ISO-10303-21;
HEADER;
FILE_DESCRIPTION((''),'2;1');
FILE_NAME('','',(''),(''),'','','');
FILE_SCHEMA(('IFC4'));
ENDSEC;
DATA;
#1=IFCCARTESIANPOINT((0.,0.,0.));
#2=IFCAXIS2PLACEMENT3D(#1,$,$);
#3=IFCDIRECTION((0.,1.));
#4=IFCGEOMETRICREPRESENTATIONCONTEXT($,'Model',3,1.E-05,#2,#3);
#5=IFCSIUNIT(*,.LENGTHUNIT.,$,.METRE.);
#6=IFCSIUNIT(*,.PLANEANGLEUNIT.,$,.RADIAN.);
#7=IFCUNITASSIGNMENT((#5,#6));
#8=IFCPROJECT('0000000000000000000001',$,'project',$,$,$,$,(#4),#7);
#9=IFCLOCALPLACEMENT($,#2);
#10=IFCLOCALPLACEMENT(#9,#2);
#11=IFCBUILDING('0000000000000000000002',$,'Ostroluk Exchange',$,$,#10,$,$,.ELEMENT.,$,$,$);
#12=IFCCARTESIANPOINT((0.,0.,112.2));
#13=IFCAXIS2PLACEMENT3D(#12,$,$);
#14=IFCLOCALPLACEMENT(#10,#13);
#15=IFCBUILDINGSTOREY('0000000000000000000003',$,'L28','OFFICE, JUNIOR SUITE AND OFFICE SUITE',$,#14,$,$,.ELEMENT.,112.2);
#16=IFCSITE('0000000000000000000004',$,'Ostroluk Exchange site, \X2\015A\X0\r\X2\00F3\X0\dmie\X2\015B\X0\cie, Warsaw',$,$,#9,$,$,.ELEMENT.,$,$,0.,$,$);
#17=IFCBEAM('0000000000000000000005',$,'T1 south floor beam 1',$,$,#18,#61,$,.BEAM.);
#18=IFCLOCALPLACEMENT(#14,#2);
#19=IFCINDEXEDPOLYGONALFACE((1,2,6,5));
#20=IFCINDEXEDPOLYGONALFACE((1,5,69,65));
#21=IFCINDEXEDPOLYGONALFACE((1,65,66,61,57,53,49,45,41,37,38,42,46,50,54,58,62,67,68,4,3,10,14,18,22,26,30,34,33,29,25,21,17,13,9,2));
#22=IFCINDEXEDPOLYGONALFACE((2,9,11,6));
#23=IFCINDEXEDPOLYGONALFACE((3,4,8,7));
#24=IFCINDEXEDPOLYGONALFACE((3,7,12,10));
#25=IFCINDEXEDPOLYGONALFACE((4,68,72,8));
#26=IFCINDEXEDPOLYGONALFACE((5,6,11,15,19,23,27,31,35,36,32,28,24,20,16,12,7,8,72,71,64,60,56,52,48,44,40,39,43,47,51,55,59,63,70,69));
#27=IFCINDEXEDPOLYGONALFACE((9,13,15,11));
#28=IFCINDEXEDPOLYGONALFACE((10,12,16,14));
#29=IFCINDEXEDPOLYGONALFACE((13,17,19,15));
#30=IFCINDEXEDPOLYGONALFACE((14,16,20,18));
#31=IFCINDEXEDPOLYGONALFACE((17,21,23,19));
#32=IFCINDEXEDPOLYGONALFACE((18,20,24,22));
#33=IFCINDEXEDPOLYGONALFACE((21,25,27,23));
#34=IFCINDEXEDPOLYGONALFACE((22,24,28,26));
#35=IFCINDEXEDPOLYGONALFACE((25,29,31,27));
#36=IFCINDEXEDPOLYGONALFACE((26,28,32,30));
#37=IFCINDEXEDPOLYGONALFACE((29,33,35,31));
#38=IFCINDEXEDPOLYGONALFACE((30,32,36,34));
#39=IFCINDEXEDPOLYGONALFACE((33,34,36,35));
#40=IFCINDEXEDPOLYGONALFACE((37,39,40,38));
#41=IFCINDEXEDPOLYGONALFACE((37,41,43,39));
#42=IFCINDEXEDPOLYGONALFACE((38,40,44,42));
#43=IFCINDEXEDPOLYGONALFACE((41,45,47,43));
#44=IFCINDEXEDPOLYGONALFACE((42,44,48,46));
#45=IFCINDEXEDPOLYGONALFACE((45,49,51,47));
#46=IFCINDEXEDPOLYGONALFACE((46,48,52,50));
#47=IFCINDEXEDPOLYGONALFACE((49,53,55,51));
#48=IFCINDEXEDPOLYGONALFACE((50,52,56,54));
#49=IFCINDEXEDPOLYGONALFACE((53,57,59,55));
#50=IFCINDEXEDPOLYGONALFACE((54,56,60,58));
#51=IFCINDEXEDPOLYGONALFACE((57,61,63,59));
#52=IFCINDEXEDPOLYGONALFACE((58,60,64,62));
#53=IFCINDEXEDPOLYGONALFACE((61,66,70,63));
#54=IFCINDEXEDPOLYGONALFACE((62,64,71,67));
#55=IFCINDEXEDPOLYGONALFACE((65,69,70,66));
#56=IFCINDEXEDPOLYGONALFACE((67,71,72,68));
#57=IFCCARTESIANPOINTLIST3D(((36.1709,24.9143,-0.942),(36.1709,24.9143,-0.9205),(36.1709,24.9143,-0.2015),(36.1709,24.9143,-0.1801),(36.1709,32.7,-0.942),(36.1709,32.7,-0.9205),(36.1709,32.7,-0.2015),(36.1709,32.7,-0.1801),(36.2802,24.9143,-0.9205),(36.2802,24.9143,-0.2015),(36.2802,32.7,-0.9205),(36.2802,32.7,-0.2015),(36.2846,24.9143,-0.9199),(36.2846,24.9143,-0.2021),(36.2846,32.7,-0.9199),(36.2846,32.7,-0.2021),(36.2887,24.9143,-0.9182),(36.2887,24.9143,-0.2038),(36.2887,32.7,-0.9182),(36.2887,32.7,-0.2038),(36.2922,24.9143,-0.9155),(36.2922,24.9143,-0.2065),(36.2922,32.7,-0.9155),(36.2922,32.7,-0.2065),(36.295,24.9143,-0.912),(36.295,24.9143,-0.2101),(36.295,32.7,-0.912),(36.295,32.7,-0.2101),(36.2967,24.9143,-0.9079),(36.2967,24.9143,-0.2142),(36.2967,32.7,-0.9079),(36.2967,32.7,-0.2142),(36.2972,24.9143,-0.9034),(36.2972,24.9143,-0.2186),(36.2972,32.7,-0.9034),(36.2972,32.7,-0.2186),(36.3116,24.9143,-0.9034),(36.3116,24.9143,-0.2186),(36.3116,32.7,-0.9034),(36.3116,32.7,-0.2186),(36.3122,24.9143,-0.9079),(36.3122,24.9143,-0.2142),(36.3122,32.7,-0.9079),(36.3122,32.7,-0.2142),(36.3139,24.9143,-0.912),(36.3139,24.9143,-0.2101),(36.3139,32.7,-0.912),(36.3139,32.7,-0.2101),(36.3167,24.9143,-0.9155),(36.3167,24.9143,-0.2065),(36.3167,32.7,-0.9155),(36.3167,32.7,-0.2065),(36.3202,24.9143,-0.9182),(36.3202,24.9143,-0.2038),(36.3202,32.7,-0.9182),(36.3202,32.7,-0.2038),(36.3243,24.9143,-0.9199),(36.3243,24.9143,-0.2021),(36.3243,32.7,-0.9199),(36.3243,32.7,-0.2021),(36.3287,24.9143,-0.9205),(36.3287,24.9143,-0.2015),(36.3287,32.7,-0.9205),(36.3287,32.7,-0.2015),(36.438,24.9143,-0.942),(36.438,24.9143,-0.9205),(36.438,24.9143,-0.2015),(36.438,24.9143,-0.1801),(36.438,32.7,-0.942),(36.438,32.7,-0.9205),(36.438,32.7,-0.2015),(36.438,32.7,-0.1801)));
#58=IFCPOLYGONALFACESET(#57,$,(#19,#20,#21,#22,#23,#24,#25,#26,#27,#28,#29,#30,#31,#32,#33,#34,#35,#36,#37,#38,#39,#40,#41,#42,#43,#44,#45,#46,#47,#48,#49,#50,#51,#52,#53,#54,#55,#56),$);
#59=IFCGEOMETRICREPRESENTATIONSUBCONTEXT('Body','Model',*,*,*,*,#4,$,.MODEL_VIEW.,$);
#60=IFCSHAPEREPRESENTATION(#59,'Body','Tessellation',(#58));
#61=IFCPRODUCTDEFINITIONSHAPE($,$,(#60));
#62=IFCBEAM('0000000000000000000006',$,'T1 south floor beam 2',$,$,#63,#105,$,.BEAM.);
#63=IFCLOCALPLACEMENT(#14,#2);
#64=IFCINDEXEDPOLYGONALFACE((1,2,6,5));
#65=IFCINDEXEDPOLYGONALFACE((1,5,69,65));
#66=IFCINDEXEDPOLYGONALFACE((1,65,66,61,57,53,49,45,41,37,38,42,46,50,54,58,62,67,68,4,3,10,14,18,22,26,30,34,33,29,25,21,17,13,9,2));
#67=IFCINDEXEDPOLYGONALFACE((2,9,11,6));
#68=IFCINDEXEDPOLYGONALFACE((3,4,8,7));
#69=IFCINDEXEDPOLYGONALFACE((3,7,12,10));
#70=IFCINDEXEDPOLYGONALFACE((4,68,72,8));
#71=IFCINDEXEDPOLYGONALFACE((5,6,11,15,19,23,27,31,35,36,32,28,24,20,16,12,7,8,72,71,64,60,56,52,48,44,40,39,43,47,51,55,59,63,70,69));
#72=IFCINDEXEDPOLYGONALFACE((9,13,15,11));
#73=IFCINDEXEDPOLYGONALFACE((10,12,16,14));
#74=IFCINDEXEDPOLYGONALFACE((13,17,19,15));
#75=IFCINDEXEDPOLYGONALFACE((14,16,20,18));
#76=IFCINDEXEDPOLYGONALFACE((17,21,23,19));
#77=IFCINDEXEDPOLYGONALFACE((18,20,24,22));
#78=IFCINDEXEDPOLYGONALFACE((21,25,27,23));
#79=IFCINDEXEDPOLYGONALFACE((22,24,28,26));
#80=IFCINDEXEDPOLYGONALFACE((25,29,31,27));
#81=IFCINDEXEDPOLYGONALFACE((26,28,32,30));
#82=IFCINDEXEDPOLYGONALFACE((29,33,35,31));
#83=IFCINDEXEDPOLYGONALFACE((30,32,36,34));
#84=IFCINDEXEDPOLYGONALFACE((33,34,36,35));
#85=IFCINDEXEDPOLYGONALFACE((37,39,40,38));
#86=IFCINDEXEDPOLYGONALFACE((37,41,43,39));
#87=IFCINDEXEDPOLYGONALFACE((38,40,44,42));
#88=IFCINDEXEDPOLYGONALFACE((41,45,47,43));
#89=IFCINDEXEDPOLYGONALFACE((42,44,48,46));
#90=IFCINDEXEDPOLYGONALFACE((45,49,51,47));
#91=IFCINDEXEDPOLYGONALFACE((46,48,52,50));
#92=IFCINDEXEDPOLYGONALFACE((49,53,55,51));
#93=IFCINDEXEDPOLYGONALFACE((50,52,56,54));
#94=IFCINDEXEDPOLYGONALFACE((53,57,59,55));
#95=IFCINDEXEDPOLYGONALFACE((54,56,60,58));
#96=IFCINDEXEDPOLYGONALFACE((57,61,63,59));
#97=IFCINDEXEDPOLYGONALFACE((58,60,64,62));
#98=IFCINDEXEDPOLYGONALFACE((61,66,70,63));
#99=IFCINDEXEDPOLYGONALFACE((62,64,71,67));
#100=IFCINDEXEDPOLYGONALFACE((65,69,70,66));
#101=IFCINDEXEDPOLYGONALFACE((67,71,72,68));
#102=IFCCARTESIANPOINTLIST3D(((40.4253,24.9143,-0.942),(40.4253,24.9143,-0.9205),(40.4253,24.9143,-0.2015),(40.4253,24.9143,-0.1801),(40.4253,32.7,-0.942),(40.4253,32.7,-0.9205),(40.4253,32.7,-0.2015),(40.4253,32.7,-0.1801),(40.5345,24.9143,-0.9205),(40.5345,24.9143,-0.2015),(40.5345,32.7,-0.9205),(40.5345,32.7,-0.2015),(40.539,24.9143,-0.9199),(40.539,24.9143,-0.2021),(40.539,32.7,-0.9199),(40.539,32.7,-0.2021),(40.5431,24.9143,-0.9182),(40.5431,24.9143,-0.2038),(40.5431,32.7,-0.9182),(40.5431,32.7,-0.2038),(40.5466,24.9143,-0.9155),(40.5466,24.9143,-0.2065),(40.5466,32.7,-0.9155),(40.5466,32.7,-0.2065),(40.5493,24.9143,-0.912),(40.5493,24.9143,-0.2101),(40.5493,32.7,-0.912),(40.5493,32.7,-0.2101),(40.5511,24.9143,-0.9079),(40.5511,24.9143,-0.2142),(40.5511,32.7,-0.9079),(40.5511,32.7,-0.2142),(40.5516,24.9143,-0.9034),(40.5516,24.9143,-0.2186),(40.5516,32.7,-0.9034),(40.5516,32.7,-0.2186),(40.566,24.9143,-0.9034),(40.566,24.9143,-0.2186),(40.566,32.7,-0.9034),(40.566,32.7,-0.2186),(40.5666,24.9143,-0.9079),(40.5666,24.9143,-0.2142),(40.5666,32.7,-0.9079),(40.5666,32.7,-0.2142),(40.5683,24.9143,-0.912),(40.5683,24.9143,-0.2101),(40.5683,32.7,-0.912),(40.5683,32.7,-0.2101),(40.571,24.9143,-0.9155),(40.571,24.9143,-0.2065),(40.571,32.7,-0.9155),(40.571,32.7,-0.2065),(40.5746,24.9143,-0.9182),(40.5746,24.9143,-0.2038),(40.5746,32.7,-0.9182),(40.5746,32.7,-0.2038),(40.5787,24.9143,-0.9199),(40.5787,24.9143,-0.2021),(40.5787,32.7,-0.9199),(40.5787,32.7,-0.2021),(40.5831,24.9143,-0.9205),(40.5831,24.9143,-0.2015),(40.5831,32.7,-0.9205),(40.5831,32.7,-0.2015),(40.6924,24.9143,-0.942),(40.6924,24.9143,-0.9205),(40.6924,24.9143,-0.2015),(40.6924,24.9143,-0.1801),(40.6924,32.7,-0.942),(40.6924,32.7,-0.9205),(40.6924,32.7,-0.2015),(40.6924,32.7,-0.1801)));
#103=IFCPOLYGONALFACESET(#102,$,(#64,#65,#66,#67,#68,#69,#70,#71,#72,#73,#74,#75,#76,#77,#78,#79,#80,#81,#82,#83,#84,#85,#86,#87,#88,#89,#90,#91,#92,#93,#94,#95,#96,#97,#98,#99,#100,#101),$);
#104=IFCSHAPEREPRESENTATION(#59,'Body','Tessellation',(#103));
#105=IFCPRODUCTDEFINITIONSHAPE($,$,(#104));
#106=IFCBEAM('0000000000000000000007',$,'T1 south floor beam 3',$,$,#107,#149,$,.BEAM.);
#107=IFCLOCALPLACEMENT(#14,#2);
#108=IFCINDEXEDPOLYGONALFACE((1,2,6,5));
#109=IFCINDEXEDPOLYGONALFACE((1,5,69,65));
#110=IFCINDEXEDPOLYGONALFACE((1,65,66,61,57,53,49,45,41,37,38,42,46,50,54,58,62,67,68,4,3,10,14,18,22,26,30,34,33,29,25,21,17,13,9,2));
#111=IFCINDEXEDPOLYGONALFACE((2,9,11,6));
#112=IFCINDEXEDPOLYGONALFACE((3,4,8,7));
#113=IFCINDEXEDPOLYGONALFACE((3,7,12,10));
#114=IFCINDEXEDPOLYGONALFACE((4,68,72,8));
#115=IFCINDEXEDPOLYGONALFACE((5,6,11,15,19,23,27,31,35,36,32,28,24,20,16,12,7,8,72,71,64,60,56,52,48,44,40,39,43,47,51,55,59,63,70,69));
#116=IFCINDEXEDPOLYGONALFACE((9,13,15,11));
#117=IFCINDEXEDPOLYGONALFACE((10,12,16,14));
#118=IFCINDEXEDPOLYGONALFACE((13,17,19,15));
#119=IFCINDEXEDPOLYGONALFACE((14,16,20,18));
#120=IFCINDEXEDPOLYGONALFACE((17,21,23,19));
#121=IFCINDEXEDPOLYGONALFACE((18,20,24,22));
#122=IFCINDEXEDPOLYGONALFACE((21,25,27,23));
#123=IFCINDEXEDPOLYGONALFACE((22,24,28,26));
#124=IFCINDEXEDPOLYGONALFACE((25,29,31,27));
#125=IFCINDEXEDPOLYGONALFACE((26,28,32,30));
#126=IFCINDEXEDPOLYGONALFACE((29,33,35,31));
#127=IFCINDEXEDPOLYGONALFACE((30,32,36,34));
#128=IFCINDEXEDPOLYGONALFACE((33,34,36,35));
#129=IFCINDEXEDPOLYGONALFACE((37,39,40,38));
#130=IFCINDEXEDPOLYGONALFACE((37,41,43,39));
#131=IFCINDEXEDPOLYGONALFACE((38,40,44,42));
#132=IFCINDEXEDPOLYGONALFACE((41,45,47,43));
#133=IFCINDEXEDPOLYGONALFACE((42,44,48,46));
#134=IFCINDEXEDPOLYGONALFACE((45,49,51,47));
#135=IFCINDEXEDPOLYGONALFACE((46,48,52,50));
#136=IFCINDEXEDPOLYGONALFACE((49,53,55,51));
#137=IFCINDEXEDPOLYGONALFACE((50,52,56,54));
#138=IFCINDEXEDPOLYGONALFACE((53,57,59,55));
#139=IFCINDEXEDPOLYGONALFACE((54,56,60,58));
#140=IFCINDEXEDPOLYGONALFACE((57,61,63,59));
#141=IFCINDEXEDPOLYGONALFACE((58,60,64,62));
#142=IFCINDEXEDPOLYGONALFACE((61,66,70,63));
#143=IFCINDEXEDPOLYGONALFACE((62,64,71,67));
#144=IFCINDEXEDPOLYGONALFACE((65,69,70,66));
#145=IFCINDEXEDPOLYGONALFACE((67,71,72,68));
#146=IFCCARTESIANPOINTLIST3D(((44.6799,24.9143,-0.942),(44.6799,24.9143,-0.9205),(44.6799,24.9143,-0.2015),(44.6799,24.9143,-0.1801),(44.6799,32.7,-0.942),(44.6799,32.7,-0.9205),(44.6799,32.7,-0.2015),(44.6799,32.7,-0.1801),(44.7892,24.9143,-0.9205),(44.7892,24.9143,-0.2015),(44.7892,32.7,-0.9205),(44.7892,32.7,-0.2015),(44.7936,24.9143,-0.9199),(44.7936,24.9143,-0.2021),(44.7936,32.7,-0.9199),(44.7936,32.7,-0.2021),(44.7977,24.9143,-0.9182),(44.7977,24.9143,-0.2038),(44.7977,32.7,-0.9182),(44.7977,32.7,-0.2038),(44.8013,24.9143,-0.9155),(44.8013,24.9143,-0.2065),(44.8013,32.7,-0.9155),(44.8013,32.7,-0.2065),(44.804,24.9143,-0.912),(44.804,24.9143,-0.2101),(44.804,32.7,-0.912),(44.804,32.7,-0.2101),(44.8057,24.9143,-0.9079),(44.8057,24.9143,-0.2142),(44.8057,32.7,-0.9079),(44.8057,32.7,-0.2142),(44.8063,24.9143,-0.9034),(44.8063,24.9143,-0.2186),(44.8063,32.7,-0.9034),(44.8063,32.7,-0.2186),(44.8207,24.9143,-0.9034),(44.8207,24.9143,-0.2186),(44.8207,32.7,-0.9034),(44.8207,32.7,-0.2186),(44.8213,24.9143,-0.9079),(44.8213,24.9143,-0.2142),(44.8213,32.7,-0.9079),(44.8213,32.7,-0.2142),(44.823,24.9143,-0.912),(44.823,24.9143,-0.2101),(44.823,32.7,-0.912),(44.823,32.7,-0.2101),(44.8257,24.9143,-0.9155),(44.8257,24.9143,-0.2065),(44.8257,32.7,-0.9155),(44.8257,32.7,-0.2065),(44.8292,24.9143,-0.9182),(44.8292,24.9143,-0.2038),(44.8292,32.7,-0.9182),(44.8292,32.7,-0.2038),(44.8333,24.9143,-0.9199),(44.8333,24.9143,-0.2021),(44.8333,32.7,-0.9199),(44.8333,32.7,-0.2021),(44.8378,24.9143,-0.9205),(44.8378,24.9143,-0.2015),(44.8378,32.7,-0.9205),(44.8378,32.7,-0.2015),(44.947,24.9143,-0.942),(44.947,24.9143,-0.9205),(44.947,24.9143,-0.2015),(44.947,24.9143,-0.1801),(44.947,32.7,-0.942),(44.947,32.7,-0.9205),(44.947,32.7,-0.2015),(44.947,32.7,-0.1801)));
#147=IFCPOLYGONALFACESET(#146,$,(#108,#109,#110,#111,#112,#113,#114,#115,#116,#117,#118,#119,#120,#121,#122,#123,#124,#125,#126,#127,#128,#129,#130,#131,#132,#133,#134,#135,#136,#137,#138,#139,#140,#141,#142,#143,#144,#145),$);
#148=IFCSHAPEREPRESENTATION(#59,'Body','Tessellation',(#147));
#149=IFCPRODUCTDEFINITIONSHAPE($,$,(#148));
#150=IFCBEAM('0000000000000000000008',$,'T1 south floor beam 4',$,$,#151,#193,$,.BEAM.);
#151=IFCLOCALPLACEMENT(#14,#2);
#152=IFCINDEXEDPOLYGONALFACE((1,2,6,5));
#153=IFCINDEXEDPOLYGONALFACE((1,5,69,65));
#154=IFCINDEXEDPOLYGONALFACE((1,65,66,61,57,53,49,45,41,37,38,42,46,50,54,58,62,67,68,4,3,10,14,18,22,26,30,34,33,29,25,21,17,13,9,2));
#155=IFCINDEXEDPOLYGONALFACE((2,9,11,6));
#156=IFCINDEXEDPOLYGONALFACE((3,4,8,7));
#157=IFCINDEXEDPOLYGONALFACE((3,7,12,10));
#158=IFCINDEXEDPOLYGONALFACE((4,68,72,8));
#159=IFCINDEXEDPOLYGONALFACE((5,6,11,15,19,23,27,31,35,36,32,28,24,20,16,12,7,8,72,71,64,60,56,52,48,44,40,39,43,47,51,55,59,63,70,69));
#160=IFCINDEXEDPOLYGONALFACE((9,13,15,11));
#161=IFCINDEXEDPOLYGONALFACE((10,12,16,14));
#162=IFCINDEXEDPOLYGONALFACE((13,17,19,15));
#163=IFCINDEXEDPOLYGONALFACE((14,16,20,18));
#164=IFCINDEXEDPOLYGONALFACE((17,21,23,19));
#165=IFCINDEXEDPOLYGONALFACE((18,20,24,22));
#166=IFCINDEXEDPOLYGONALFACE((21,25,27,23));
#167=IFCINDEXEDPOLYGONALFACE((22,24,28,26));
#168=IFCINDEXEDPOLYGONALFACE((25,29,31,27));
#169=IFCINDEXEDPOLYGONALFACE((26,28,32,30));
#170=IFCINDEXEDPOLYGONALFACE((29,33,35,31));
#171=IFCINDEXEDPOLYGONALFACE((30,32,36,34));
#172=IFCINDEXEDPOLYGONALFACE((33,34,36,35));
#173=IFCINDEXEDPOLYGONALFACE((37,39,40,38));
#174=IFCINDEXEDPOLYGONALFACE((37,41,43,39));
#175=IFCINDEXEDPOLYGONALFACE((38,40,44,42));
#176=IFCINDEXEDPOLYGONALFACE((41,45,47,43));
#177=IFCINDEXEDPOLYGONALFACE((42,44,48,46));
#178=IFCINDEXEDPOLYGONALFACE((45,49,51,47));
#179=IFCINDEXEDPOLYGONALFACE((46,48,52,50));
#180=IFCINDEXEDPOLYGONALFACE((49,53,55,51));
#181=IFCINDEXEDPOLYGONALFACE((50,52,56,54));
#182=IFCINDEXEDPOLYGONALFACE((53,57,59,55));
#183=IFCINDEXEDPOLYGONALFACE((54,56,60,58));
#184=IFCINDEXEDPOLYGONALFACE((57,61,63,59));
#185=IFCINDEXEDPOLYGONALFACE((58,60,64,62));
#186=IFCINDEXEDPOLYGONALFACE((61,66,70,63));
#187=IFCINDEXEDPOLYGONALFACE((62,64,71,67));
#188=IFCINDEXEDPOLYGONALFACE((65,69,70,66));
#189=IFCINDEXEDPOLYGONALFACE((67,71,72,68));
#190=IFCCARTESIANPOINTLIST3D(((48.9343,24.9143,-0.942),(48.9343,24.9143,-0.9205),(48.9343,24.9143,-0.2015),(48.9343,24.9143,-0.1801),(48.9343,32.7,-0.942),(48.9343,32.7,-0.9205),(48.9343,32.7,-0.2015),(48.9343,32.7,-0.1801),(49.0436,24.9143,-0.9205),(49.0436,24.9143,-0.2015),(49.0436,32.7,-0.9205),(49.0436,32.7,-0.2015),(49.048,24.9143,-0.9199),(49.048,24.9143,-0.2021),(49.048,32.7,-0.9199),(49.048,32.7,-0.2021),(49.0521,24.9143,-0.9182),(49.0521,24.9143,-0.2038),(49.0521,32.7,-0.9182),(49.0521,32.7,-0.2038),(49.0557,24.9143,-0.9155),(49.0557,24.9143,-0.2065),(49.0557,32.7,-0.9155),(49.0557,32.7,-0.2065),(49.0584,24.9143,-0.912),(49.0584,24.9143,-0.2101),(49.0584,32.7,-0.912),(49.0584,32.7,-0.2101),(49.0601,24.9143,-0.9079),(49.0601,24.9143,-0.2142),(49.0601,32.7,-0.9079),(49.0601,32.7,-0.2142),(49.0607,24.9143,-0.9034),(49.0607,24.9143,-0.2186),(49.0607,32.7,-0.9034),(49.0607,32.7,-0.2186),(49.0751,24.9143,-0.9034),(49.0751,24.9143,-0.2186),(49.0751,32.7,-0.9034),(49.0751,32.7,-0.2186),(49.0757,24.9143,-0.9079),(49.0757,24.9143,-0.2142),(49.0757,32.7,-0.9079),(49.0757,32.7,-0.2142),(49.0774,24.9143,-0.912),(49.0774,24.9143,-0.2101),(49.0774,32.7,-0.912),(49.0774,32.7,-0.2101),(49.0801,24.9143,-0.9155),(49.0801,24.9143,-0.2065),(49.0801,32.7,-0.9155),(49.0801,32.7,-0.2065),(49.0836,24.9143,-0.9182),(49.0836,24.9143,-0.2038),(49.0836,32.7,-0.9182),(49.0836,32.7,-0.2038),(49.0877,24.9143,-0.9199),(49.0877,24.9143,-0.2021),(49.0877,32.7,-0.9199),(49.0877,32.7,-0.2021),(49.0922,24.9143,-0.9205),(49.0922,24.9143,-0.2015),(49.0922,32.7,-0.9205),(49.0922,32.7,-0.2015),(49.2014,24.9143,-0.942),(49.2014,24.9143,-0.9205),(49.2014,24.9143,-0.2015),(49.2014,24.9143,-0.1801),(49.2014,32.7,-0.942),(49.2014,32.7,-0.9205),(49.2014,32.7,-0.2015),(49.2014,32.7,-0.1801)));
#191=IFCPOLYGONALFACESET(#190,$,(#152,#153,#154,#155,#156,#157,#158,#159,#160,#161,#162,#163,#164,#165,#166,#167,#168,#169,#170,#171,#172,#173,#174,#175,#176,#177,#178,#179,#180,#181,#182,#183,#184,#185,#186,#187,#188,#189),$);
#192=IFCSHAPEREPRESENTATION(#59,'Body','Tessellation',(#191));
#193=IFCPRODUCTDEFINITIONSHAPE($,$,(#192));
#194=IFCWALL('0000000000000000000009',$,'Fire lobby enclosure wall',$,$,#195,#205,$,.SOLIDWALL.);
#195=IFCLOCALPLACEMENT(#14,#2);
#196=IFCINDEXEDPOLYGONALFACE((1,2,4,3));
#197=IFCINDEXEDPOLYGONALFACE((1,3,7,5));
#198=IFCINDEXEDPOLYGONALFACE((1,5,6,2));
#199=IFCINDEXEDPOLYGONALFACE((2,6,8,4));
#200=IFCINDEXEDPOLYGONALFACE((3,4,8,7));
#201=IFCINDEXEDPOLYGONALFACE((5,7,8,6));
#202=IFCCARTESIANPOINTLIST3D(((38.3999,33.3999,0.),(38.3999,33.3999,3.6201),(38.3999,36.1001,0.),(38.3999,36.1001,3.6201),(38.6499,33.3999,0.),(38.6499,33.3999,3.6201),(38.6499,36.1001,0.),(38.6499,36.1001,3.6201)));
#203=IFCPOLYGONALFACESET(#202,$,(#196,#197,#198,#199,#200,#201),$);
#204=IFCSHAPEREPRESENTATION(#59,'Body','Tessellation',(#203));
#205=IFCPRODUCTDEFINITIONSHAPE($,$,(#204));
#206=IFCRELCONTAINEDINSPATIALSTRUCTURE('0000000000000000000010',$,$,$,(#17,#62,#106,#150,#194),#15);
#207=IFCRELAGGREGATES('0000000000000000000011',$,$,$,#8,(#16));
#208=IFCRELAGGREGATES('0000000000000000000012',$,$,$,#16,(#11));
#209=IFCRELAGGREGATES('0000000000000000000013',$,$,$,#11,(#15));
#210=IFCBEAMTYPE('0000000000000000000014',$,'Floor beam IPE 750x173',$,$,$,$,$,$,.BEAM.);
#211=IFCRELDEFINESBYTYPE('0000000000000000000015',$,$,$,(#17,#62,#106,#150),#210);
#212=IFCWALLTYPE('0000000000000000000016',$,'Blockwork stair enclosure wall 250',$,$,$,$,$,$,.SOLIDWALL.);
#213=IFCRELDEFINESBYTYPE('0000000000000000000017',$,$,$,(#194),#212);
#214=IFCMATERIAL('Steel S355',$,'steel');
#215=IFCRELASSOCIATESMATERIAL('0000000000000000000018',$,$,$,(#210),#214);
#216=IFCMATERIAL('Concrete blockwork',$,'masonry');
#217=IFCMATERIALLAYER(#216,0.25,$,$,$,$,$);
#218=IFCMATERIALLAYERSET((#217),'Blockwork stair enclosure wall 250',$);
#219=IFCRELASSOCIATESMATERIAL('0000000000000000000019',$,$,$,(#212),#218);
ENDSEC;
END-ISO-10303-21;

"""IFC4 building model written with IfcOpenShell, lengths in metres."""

from ifc_helpers import new_model, si_unit, direction, frame, frame_2d, origin, origin_2d, place, context, subcontext, project, spatial, rectangle, i_section, extrude, material, layer, layer_set, material_profile, profile_set, type_object, element, save


model = new_model("IFC4")

# Units and contexts
model_context = context("Model", 3, precision=1e-05, world=origin(), true_north=direction((0.0, 1.0)))
body_context = subcontext(model_context, "Body", "Model", "MODEL_VIEW")
ifc_project = project(units=[si_unit("LENGTHUNIT", "METRE"), si_unit("PLANEANGLEUNIT", "RADIAN")], contexts=[model_context])

# Site, building, storey
site_placement = place(None, origin())
site = spatial("IfcSite", under=ifc_project, at=site_placement, Name="Ostroluk Exchange site, Śródmieście, Warsaw", CompositionType="ELEMENT", RefElevation=0.0)
building_placement = place(site_placement, origin())
building = spatial("IfcBuilding", under=site, at=building_placement, Name="Ostroluk Exchange", CompositionType="ELEMENT")
storey_placement = place(building_placement, frame((0.0, 0.0, 112.2)))
storey = spatial("IfcBuildingStorey", under=building, at=storey_placement, Name="L28", Description="OFFICE, JUNIOR SUITE AND OFFICE SUITE", CompositionType="ELEMENT", Elevation=112.2)

# Beams
ifc_material_1 = material(Name="Steel S355", Category="steel")
ifc_material_profile = material_profile(ifc_material_1, i_section(OverallWidth=0.2671, OverallDepth=0.762, WebThickness=0.0144, FlangeThickness=0.0215, FilletRadius=0.0171, at=origin_2d()), Name="IPE 750x173")
ifc_profile_set = profile_set([ifc_material_profile], Name="Steel S355")
beam_type = type_object("IfcBeamType", Name="Floor beam IPE 750x173", PredefinedType="BEAM", material=ifc_profile_set)
for number, where, z_axis, x_axis, name in (
    (1, (36.3044, 32.7, -0.561), (0.0, -1.0, 0.0), (1.0, 0.0, 0.0), "T1 south floor beam 1"),
    (2, (40.5588, 32.7, -0.561), (0.0, -1.0, 0.0), (1.0, 0.0, 0.0), "T1 south floor beam 2"),
    (3, (44.8135, 32.7, -0.561), (0.0, -1.0, 0.0), (1.0, 0.0, 0.0), "T1 south floor beam 3"),
    (4, (49.0679, 32.7, -0.561), (0.0, -1.0, 0.0), (1.0, 0.0, 0.0), "T1 south floor beam 4"),
):
    element("IfcBeam", number, at=place(storey_placement, frame(where, z_axis=z_axis, x_axis=x_axis)), inside=storey, type_object=beam_type, Name=name, PredefinedType="BEAM", context=body_context, shape_type="SweptSolid", body=[
        extrude(i_section(OverallWidth=0.2671, OverallDepth=0.762, WebThickness=0.0144, FlangeThickness=0.0215, FilletRadius=0.0171, at=origin_2d()), origin(), (0.0, 0.0, 1.0), 7.7856),
    ])

# Wall
ifc_material_2 = material(Name="Concrete blockwork", Category="masonry")
ifc_layer_1 = layer(ifc_material_2, 0.25)
ifc_layer_set_1 = layer_set([ifc_layer_1], Name="Blockwork stair enclosure wall 250")
wall_type_1 = type_object("IfcWallType", Name="Blockwork stair enclosure wall 250", PredefinedType="SOLIDWALL", material=ifc_layer_set_1)
for number, where, z_axis, x_axis, name in (
    (5, (38.5249, 33.3999, 0.0), (0.0, 0.0, 1.0), (0.0, 1.0, 0.0), "Fire lobby enclosure wall"),
):
    element("IfcWall", number, at=place(storey_placement, frame(where, z_axis=z_axis, x_axis=x_axis)), inside=storey, type_object=wall_type_1, Name=name, PredefinedType="SOLIDWALL", context=body_context, shape_type="SweptSolid", body=[
        extrude(rectangle(XDim=2.7002, YDim=0.25, at=frame_2d((1.3501, 0.0))), origin(), (0.0, 0.0, 1.0), 3.6201),
    ])

save(model, "model.ifc")
